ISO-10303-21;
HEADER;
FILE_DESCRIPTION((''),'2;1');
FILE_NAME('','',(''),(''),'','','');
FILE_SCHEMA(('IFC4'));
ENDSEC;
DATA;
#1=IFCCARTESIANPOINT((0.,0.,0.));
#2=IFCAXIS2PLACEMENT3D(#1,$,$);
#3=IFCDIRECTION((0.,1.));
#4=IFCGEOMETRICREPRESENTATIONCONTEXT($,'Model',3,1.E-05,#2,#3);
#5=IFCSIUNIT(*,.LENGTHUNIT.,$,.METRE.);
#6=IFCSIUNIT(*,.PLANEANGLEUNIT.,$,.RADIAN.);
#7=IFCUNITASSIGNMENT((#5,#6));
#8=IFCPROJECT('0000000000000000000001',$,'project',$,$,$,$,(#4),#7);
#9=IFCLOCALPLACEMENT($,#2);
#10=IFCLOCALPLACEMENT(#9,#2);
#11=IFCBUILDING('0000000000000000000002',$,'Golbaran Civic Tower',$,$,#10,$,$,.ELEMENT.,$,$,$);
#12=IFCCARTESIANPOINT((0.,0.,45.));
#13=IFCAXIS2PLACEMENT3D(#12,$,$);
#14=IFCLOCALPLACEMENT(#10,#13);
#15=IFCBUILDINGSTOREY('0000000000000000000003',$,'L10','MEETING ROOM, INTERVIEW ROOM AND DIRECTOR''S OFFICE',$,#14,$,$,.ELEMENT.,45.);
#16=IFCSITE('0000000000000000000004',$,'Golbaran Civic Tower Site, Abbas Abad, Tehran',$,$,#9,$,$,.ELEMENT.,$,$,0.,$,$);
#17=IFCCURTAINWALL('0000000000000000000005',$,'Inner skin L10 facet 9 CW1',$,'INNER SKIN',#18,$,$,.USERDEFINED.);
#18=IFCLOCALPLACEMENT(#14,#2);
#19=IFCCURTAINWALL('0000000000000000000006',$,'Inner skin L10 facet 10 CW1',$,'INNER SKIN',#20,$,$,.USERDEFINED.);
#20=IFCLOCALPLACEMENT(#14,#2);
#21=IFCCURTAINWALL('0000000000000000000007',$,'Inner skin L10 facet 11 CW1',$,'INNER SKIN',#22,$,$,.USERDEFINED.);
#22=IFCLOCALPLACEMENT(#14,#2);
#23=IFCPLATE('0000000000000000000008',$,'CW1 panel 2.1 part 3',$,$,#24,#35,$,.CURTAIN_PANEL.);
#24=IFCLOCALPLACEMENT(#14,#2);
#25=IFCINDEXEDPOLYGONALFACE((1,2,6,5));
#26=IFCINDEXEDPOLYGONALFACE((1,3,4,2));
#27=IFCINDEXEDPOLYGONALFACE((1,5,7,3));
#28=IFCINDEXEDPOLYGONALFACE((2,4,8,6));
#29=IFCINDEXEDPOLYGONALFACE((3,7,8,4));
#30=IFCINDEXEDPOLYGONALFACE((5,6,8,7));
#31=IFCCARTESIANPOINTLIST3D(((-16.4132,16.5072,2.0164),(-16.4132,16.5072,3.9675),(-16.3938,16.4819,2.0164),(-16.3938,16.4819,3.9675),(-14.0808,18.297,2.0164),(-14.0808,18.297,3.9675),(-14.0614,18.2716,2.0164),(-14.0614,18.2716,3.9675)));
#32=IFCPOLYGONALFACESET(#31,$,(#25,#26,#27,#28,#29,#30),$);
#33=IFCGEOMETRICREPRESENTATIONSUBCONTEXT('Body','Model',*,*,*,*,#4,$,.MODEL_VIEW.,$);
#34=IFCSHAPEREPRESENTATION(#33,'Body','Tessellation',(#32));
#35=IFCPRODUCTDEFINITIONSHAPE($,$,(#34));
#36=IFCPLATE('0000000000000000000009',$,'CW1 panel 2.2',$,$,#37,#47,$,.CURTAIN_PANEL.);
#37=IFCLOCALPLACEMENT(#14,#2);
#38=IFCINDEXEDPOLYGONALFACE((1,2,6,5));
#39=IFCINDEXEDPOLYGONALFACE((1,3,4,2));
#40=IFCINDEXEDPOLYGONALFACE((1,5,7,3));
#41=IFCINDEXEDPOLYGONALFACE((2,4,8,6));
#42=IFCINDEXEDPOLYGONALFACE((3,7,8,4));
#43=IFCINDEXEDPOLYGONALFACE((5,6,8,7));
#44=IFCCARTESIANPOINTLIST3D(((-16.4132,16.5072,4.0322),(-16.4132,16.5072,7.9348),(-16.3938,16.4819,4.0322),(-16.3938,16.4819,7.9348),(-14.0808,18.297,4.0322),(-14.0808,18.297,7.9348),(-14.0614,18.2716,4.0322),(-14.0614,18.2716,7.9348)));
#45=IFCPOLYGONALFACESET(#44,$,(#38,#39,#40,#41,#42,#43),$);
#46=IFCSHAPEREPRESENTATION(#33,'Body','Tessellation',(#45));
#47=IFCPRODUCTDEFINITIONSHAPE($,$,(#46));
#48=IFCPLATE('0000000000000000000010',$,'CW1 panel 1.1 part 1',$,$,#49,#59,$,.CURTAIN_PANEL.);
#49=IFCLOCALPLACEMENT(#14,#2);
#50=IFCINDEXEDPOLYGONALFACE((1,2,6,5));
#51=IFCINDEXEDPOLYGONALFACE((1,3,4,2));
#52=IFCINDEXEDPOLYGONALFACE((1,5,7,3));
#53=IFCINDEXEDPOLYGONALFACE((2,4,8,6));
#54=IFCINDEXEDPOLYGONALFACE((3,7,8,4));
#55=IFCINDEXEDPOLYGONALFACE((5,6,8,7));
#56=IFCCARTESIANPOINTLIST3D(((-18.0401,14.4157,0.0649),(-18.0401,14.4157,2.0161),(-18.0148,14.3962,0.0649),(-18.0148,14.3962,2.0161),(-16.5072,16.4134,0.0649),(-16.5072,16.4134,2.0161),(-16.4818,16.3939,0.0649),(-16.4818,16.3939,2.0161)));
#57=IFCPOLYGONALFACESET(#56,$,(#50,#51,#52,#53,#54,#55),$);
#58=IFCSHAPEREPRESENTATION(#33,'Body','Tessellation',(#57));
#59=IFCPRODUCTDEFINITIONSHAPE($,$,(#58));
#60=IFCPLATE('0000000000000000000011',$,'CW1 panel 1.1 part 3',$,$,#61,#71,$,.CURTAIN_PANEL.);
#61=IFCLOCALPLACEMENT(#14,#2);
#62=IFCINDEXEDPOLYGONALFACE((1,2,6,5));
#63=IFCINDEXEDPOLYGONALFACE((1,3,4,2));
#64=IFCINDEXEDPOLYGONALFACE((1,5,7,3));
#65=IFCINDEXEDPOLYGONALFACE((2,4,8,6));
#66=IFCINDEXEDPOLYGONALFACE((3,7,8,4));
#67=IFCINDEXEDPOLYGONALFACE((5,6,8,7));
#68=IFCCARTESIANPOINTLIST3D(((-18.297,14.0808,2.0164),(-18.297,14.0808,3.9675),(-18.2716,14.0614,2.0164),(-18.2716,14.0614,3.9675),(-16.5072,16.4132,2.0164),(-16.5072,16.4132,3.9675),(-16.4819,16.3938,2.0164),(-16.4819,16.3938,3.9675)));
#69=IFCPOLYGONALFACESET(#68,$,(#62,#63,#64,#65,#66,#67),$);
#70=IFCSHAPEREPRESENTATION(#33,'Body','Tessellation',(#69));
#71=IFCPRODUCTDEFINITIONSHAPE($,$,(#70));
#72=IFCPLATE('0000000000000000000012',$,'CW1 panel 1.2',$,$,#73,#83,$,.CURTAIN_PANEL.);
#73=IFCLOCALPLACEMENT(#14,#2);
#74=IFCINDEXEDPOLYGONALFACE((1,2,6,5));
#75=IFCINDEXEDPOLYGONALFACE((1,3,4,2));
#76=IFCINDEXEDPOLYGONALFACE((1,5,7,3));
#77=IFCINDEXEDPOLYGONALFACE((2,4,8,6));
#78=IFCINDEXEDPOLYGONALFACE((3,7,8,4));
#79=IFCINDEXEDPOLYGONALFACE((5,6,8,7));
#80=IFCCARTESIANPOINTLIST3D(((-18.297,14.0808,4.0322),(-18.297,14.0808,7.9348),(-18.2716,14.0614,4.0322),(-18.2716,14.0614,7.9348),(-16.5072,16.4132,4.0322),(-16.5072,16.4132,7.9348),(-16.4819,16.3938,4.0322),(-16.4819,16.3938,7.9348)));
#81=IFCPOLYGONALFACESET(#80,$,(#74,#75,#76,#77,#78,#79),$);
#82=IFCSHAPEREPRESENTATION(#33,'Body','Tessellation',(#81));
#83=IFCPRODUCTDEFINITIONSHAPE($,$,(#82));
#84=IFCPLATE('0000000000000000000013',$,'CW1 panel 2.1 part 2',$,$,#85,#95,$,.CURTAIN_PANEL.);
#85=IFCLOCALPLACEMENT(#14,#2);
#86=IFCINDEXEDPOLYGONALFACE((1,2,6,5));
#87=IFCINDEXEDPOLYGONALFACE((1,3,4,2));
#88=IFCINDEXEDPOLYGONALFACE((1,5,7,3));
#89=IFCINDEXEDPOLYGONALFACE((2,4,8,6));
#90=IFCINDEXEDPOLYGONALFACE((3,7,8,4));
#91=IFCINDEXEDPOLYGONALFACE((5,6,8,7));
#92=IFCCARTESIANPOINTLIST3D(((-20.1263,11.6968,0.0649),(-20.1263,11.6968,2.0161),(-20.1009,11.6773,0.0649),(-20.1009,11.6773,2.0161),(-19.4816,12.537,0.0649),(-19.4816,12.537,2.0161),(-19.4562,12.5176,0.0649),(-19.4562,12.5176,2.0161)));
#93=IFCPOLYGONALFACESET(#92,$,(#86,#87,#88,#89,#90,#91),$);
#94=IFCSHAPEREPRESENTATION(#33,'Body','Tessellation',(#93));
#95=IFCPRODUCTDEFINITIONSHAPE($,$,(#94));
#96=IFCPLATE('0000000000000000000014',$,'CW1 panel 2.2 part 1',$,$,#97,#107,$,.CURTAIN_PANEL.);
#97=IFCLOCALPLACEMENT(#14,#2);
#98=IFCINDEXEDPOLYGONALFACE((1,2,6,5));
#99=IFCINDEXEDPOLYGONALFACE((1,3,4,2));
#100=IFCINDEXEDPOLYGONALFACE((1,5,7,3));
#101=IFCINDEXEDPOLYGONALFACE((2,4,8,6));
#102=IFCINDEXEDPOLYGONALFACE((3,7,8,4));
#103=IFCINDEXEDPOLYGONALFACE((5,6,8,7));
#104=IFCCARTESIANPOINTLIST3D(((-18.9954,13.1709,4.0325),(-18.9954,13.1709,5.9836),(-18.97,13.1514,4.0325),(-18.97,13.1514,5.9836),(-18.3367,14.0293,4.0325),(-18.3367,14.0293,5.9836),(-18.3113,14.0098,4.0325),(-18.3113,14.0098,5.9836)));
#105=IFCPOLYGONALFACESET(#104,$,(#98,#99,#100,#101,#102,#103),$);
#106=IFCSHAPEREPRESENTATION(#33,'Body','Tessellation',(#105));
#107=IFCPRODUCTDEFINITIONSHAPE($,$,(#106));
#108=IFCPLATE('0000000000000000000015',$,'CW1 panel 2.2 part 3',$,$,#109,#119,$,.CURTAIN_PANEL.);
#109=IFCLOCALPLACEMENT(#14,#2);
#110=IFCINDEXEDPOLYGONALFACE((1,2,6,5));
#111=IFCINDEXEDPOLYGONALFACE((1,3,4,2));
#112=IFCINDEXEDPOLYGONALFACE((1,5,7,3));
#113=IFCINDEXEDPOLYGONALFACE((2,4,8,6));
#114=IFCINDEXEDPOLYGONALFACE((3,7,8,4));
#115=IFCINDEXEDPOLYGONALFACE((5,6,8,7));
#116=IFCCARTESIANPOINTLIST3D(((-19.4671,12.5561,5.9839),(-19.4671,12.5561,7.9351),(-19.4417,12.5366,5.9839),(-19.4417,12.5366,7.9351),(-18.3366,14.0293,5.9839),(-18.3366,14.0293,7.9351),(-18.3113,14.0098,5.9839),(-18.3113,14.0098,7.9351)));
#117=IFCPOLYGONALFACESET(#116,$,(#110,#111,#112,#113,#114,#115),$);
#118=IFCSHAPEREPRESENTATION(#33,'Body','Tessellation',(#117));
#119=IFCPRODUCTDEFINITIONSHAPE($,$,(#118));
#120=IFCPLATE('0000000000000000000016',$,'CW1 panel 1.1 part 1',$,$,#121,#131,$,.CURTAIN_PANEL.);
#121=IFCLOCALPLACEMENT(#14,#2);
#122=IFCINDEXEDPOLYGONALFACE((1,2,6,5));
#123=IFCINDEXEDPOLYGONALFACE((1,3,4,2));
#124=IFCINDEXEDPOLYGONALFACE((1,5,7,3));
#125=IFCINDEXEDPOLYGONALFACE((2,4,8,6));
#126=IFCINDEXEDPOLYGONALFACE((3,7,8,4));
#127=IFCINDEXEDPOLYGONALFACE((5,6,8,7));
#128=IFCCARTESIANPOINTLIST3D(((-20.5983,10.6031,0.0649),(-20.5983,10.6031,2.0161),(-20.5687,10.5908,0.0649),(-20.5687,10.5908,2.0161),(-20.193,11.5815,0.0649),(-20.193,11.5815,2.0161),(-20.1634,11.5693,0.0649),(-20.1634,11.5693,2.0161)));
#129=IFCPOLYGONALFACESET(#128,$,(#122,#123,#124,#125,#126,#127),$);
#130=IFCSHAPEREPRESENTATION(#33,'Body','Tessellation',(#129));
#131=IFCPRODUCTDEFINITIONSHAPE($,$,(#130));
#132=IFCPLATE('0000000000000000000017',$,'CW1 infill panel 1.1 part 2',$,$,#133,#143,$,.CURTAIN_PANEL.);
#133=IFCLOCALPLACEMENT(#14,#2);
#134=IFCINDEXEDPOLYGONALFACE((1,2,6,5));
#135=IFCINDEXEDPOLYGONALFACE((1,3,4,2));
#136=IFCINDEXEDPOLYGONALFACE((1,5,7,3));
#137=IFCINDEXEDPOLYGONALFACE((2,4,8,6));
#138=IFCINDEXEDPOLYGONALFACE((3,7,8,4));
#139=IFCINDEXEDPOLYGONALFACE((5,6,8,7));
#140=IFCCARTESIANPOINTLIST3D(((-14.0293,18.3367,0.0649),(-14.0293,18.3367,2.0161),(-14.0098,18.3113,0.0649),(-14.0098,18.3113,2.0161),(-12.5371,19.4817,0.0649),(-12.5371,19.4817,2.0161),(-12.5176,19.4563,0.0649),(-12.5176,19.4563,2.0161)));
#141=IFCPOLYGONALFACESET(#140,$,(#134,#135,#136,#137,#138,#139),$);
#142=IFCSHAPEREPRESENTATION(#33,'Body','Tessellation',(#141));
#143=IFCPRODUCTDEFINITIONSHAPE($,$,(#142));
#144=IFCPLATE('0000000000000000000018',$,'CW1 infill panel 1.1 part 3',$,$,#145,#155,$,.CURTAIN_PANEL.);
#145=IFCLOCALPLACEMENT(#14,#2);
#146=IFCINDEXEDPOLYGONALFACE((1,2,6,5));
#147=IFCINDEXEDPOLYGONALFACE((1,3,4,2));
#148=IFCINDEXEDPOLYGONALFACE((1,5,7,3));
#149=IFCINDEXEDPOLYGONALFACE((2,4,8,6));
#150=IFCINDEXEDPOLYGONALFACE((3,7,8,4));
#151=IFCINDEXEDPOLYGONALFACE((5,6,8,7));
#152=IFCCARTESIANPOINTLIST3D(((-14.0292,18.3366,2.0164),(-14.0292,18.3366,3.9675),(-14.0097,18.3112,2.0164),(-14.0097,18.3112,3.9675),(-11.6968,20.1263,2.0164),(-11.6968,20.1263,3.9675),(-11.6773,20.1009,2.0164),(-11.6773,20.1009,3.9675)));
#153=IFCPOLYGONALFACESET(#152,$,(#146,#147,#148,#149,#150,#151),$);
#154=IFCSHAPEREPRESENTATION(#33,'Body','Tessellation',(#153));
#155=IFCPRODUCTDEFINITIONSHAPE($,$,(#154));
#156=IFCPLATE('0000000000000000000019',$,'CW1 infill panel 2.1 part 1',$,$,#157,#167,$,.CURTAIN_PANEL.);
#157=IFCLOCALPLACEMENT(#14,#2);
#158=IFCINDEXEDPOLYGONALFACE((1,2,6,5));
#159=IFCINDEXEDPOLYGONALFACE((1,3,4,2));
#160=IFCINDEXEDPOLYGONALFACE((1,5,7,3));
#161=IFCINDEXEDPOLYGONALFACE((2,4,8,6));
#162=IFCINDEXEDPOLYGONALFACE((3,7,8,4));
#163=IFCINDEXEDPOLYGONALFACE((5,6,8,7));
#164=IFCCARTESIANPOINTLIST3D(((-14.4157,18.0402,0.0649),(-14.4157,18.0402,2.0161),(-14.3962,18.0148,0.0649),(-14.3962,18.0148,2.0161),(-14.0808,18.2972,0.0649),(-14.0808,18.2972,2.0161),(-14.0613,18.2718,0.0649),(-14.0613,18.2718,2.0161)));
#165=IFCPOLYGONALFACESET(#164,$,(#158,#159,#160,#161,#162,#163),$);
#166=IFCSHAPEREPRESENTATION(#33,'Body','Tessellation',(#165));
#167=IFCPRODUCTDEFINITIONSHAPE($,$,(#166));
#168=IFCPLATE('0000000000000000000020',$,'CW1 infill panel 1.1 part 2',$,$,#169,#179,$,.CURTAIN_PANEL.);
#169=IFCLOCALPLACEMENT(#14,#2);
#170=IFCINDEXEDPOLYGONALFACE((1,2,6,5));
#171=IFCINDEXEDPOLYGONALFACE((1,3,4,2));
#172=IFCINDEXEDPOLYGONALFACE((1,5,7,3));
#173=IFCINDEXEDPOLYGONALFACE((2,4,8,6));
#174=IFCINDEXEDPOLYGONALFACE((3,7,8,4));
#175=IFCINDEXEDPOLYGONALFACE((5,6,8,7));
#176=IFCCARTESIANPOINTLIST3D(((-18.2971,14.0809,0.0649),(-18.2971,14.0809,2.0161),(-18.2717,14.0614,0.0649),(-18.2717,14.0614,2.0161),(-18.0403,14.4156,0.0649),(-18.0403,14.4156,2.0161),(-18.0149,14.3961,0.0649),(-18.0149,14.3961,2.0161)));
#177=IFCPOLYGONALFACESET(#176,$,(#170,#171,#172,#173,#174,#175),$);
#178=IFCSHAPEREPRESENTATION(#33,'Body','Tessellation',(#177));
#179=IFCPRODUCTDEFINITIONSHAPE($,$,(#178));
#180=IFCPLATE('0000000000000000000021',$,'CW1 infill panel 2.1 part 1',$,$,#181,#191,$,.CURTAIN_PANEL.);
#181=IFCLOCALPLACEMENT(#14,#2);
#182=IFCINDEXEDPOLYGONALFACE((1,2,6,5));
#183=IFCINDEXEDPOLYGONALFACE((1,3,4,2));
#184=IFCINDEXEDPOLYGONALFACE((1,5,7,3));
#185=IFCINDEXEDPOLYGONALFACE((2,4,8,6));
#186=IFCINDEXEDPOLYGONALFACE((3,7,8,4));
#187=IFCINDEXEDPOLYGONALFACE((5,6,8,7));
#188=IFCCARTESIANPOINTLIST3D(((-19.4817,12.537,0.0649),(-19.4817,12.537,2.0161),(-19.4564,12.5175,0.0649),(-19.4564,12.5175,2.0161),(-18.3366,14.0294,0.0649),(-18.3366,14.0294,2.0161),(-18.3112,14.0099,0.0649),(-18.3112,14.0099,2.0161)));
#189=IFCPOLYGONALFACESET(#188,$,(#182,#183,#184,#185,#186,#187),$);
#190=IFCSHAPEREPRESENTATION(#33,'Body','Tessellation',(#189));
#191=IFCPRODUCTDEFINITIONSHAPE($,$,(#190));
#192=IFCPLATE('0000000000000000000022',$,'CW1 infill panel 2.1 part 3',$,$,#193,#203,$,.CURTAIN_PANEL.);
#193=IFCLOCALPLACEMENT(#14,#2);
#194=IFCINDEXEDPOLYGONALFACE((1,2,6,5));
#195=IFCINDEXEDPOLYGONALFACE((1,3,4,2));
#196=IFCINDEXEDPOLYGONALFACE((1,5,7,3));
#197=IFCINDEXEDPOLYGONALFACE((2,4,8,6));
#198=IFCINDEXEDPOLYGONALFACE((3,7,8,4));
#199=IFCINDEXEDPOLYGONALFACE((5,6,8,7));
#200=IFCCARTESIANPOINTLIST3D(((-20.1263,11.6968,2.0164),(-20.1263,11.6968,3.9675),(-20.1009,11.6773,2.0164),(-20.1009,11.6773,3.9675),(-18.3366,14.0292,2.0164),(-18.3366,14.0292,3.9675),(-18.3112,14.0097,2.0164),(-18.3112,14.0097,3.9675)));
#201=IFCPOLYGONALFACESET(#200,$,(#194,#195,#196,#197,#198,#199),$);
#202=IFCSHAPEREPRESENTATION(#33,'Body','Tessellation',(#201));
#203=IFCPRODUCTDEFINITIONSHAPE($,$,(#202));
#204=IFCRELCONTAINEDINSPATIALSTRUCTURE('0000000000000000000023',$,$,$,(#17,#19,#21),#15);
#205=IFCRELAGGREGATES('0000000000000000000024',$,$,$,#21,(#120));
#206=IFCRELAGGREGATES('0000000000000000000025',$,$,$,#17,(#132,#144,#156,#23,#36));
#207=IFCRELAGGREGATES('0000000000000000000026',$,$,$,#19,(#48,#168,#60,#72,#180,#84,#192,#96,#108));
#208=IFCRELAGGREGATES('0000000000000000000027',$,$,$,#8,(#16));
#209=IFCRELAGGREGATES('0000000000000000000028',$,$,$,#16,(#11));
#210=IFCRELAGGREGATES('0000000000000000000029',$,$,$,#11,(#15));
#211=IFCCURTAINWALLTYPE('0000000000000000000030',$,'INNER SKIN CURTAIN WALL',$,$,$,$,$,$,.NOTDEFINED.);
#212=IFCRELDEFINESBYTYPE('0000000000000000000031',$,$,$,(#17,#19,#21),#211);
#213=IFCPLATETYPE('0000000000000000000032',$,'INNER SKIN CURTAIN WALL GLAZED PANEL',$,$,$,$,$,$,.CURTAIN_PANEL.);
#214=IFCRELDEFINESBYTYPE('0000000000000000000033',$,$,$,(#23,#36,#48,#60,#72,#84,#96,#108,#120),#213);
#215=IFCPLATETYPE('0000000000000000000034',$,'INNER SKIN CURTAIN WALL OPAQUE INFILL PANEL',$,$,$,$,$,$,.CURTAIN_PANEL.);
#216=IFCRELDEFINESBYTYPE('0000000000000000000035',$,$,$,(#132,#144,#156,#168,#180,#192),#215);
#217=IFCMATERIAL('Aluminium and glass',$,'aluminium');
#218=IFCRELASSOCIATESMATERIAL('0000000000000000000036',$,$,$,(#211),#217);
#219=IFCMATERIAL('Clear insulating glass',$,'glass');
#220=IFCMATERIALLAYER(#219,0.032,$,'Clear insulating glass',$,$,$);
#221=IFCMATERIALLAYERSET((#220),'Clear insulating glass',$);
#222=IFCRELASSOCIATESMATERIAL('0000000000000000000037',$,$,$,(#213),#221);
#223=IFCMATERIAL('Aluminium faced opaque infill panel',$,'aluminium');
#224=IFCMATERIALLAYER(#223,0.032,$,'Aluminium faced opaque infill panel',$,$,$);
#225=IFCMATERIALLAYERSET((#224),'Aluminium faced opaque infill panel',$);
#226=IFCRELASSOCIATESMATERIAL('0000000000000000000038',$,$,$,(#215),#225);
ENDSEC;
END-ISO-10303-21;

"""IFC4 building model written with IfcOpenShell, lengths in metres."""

from ifc_helpers import new_model, si_unit, direction, frame, origin, origin_2d, place, context, subcontext, project, spatial, rectangle, extrude, material, layer, layer_set, type_object, element, aggregate, save


model = new_model("IFC4")

# Units and contexts
model_context = context("Model", 3, precision=1e-05, world=origin(), true_north=direction((0.0, 1.0)))
body_context = subcontext(model_context, "Body", "Model", "MODEL_VIEW")
ifc_project = project(units=[si_unit("LENGTHUNIT", "METRE"), si_unit("PLANEANGLEUNIT", "RADIAN")], contexts=[model_context])

# Site, building, storey
site_placement = place(None, origin())
site = spatial("IfcSite", under=ifc_project, at=site_placement, Name="Golbaran Civic Tower Site, Abbas Abad, Tehran", CompositionType="ELEMENT", RefElevation=0.0)
building_placement = place(site_placement, origin())
building = spatial("IfcBuilding", under=site, at=building_placement, Name="Golbaran Civic Tower", CompositionType="ELEMENT")
storey_placement = place(building_placement, frame((0.0, 0.0, 45.0)))
storey = spatial("IfcBuildingStorey", under=building, at=storey_placement, Name="L10", Description="MEETING ROOM, INTERVIEW ROOM AND DIRECTOR'S OFFICE", CompositionType="ELEMENT", Elevation=45.0)

# Curtain walls
ifc_material_1 = material(Name="Aluminium and glass", Category="aluminium")
curtain_wall_type = type_object("IfcCurtainWallType", Name="INNER SKIN CURTAIN WALL", PredefinedType="NOTDEFINED", material=ifc_material_1)
curtain_wall_1_placement = place(storey_placement, origin())
curtain_wall_1 = element("IfcCurtainWall", 1, at=curtain_wall_1_placement, inside=storey, type_object=curtain_wall_type, Name="Inner skin L10 facet 9 CW1", ObjectType="INNER SKIN", PredefinedType="USERDEFINED")
curtain_wall_2_placement = place(storey_placement, origin())
curtain_wall_2 = element("IfcCurtainWall", 2, at=curtain_wall_2_placement, inside=storey, type_object=curtain_wall_type, Name="Inner skin L10 facet 10 CW1", ObjectType="INNER SKIN", PredefinedType="USERDEFINED")

# Curtain wall
curtain_wall_3_placement = place(storey_placement, origin())
curtain_wall_3 = element("IfcCurtainWall", 3, at=curtain_wall_3_placement, inside=storey, type_object=curtain_wall_type, Name="Inner skin L10 facet 11 CW1", ObjectType="INNER SKIN", PredefinedType="USERDEFINED")

# Plates
ifc_material_2 = material(Name="Clear insulating glass", Category="glass")
ifc_layer_1 = layer(ifc_material_2, 0.032, Name="Clear insulating glass")
ifc_layer_set_1 = layer_set([ifc_layer_1], Name="Clear insulating glass")
plate_type_1 = type_object("IfcPlateType", Name="INNER SKIN CURTAIN WALL GLAZED PANEL", PredefinedType="CURTAIN_PANEL", material=ifc_layer_set_1)
plate_1_placement = place(storey_placement, frame((-15.2373, 17.3894, 2.0164), z_axis=(0.0, 0.0, 1.0), x_axis=(-0.793353, -0.608761, 0.0)))
plate_1 = element("IfcPlate", 4, at=plate_1_placement, type_object=plate_type_1, Name="CW1 panel 2.1 part 3", PredefinedType="CURTAIN_PANEL", context=body_context, shape_type="SweptSolid", body=[
    extrude(rectangle(XDim=2.9399, YDim=0.032, at=origin_2d()), origin(), (0.0, 0.0, 1.0), 1.9512),
])
plate_2_placement = place(storey_placement, frame((-15.2373, 17.3894, 4.0322), z_axis=(0.0, 0.0, 1.0), x_axis=(-0.793353, -0.608761, 0.0)))
plate_2 = element("IfcPlate", 5, at=plate_2_placement, type_object=plate_type_1, Name="CW1 panel 2.2", PredefinedType="CURTAIN_PANEL", context=body_context, shape_type="SweptSolid", body=[
    extrude(rectangle(XDim=2.9399, YDim=0.032, at=origin_2d()), origin(), (0.0, 0.0, 1.0), 3.9026),
])
plate_3_placement = place(storey_placement, frame((-17.261, 15.4048, 0.0649), z_axis=(0.0, 0.0, 1.0), x_axis=(-0.608761, -0.793353, 0.0)))
plate_3 = element("IfcPlate", 6, at=plate_3_placement, type_object=plate_type_1, Name="CW1 panel 1.1 part 1", PredefinedType="CURTAIN_PANEL", context=body_context, shape_type="SweptSolid", body=[
    extrude(rectangle(XDim=2.5181, YDim=0.032, at=origin_2d()), origin(), (0.0, 0.0, 1.0), 1.9512),
])
plate_4_placement = place(storey_placement, frame((-17.3894, 15.2373, 2.0164), z_axis=(0.0, 0.0, 1.0), x_axis=(-0.608761, -0.793353, 0.0)))
plate_4 = element("IfcPlate", 7, at=plate_4_placement, type_object=plate_type_1, Name="CW1 panel 1.1 part 3", PredefinedType="CURTAIN_PANEL", context=body_context, shape_type="SweptSolid", body=[
    extrude(rectangle(XDim=2.9399, YDim=0.032, at=origin_2d()), origin(), (0.0, 0.0, 1.0), 1.9512),
])
plate_5_placement = place(storey_placement, frame((-17.3894, 15.2373, 4.0322), z_axis=(0.0, 0.0, 1.0), x_axis=(-0.608761, -0.793353, 0.0)))
plate_5 = element("IfcPlate", 8, at=plate_5_placement, type_object=plate_type_1, Name="CW1 panel 1.2", PredefinedType="CURTAIN_PANEL", context=body_context, shape_type="SweptSolid", body=[
    extrude(rectangle(XDim=2.9399, YDim=0.032, at=origin_2d()), origin(), (0.0, 0.0, 1.0), 3.9026),
])
plate_6_placement = place(storey_placement, frame((-19.7913, 12.1072, 0.0649), z_axis=(0.0, 0.0, 1.0), x_axis=(-0.608761, -0.793353, 0.0)))
plate_6 = element("IfcPlate", 9, at=plate_6_placement, type_object=plate_type_1, Name="CW1 panel 2.1 part 2", PredefinedType="CURTAIN_PANEL", context=body_context, shape_type="SweptSolid", body=[
    extrude(rectangle(XDim=1.0591, YDim=0.032, at=origin_2d()), origin(), (0.0, 0.0, 1.0), 1.9512),
])
plate_7_placement = place(storey_placement, frame((-18.6533, 13.5903, 4.0325), z_axis=(0.0, 0.0, 1.0), x_axis=(-0.608761, -0.793353, 0.0)))
plate_7 = element("IfcPlate", 10, at=plate_7_placement, type_object=plate_type_1, Name="CW1 panel 2.2 part 1", PredefinedType="CURTAIN_PANEL", context=body_context, shape_type="SweptSolid", body=[
    extrude(rectangle(XDim=1.082, YDim=0.032, at=origin_2d()), origin(), (0.0, 0.0, 1.0), 1.9512),
])
plate_8_placement = place(storey_placement, frame((-18.8892, 13.283, 5.9839), z_axis=(0.0, 0.0, 1.0), x_axis=(-0.608761, -0.793353, 0.0)))
plate_8 = element("IfcPlate", 11, at=plate_8_placement, type_object=plate_type_1, Name="CW1 panel 2.2 part 3", PredefinedType="CURTAIN_PANEL", context=body_context, shape_type="SweptSolid", body=[
    extrude(rectangle(XDim=1.8569, YDim=0.032, at=origin_2d()), origin(), (0.0, 0.0, 1.0), 1.9512),
])
plate_9_placement = place(storey_placement, frame((-20.3809, 11.0862, 0.0649), z_axis=(0.0, 0.0, 1.0), x_axis=(-0.382683, -0.92388, 0.0)))
plate_9 = element("IfcPlate", 12, at=plate_9_placement, type_object=plate_type_1, Name="CW1 panel 1.1 part 1", PredefinedType="CURTAIN_PANEL", context=body_context, shape_type="SweptSolid", body=[
    extrude(rectangle(XDim=1.0591, YDim=0.032, at=origin_2d()), origin(), (0.0, 0.0, 1.0), 1.9512),
])
aggregate(curtain_wall_3, [plate_9])
ifc_material_3 = material(Name="Aluminium faced opaque infill panel", Category="aluminium")
ifc_layer_2 = layer(ifc_material_3, 0.032, Name="Aluminium faced opaque infill panel")
ifc_layer_set_2 = layer_set([ifc_layer_2], Name="Aluminium faced opaque infill panel")
plate_type_2 = type_object("IfcPlateType", Name="INNER SKIN CURTAIN WALL OPAQUE INFILL PANEL", PredefinedType="CURTAIN_PANEL", material=ifc_layer_set_2)
plate_10_placement = place(storey_placement, frame((-13.2734, 18.8965, 0.0649), z_axis=(0.0, 0.0, 1.0), x_axis=(-0.793353, -0.608761, 0.0)))
plate_10 = element("IfcPlate", 13, at=plate_10_placement, type_object=plate_type_2, Name="CW1 infill panel 1.1 part 2", PredefinedType="CURTAIN_PANEL", context=body_context, shape_type="SweptSolid", body=[
    extrude(rectangle(XDim=1.8809, YDim=0.032, at=origin_2d()), origin(), (0.0, 0.0, 1.0), 1.9512),
])
plate_11_placement = place(storey_placement, frame((-12.8533, 19.2188, 2.0164), z_axis=(0.0, 0.0, 1.0), x_axis=(-0.793353, -0.608761, 0.0)))
plate_11 = element("IfcPlate", 14, at=plate_11_placement, type_object=plate_type_2, Name="CW1 infill panel 1.1 part 3", PredefinedType="CURTAIN_PANEL", context=body_context, shape_type="SweptSolid", body=[
    extrude(rectangle(XDim=2.9399, YDim=0.032, at=origin_2d()), origin(), (0.0, 0.0, 1.0), 1.9512),
])
plate_12_placement = place(storey_placement, frame((-14.2385, 18.156, 0.0649), z_axis=(0.0, 0.0, 1.0), x_axis=(-0.793353, -0.608761, 0.0)))
plate_12 = element("IfcPlate", 15, at=plate_12_placement, type_object=plate_type_2, Name="CW1 infill panel 2.1 part 1", PredefinedType="CURTAIN_PANEL", context=body_context, shape_type="SweptSolid", body=[
    extrude(rectangle(XDim=0.4221, YDim=0.032, at=origin_2d()), origin(), (0.0, 0.0, 1.0), 1.9512),
])
aggregate(curtain_wall_1, [plate_10, plate_11, plate_12, plate_1, plate_2])
plate_13_placement = place(storey_placement, frame((-18.156, 14.2385, 0.0649), z_axis=(0.0, 0.0, 1.0), x_axis=(-0.608761, -0.793353, 0.0)))
plate_13 = element("IfcPlate", 16, at=plate_13_placement, type_object=plate_type_2, Name="CW1 infill panel 1.1 part 2", PredefinedType="CURTAIN_PANEL", context=body_context, shape_type="SweptSolid", body=[
    extrude(rectangle(XDim=0.4219, YDim=0.032, at=origin_2d()), origin(), (0.0, 0.0, 1.0), 1.9512),
])
plate_14_placement = place(storey_placement, frame((-18.8965, 13.2734, 0.0649), z_axis=(0.0, 0.0, 1.0), x_axis=(-0.608761, -0.793353, 0.0)))
plate_14 = element("IfcPlate", 17, at=plate_14_placement, type_object=plate_type_2, Name="CW1 infill panel 2.1 part 1", PredefinedType="CURTAIN_PANEL", context=body_context, shape_type="SweptSolid", body=[
    extrude(rectangle(XDim=1.8811, YDim=0.032, at=origin_2d()), origin(), (0.0, 0.0, 1.0), 1.9512),
])
plate_15_placement = place(storey_placement, frame((-19.2188, 12.8533, 2.0164), z_axis=(0.0, 0.0, 1.0), x_axis=(-0.608761, -0.793353, 0.0)))
plate_15 = element("IfcPlate", 18, at=plate_15_placement, type_object=plate_type_2, Name="CW1 infill panel 2.1 part 3", PredefinedType="CURTAIN_PANEL", context=body_context, shape_type="SweptSolid", body=[
    extrude(rectangle(XDim=2.9399, YDim=0.032, at=origin_2d()), origin(), (0.0, 0.0, 1.0), 1.9512),
])
aggregate(curtain_wall_2, [plate_3, plate_13, plate_4, plate_5, plate_14, plate_6, plate_15, plate_7, plate_8])

save(model, "model.ifc")
